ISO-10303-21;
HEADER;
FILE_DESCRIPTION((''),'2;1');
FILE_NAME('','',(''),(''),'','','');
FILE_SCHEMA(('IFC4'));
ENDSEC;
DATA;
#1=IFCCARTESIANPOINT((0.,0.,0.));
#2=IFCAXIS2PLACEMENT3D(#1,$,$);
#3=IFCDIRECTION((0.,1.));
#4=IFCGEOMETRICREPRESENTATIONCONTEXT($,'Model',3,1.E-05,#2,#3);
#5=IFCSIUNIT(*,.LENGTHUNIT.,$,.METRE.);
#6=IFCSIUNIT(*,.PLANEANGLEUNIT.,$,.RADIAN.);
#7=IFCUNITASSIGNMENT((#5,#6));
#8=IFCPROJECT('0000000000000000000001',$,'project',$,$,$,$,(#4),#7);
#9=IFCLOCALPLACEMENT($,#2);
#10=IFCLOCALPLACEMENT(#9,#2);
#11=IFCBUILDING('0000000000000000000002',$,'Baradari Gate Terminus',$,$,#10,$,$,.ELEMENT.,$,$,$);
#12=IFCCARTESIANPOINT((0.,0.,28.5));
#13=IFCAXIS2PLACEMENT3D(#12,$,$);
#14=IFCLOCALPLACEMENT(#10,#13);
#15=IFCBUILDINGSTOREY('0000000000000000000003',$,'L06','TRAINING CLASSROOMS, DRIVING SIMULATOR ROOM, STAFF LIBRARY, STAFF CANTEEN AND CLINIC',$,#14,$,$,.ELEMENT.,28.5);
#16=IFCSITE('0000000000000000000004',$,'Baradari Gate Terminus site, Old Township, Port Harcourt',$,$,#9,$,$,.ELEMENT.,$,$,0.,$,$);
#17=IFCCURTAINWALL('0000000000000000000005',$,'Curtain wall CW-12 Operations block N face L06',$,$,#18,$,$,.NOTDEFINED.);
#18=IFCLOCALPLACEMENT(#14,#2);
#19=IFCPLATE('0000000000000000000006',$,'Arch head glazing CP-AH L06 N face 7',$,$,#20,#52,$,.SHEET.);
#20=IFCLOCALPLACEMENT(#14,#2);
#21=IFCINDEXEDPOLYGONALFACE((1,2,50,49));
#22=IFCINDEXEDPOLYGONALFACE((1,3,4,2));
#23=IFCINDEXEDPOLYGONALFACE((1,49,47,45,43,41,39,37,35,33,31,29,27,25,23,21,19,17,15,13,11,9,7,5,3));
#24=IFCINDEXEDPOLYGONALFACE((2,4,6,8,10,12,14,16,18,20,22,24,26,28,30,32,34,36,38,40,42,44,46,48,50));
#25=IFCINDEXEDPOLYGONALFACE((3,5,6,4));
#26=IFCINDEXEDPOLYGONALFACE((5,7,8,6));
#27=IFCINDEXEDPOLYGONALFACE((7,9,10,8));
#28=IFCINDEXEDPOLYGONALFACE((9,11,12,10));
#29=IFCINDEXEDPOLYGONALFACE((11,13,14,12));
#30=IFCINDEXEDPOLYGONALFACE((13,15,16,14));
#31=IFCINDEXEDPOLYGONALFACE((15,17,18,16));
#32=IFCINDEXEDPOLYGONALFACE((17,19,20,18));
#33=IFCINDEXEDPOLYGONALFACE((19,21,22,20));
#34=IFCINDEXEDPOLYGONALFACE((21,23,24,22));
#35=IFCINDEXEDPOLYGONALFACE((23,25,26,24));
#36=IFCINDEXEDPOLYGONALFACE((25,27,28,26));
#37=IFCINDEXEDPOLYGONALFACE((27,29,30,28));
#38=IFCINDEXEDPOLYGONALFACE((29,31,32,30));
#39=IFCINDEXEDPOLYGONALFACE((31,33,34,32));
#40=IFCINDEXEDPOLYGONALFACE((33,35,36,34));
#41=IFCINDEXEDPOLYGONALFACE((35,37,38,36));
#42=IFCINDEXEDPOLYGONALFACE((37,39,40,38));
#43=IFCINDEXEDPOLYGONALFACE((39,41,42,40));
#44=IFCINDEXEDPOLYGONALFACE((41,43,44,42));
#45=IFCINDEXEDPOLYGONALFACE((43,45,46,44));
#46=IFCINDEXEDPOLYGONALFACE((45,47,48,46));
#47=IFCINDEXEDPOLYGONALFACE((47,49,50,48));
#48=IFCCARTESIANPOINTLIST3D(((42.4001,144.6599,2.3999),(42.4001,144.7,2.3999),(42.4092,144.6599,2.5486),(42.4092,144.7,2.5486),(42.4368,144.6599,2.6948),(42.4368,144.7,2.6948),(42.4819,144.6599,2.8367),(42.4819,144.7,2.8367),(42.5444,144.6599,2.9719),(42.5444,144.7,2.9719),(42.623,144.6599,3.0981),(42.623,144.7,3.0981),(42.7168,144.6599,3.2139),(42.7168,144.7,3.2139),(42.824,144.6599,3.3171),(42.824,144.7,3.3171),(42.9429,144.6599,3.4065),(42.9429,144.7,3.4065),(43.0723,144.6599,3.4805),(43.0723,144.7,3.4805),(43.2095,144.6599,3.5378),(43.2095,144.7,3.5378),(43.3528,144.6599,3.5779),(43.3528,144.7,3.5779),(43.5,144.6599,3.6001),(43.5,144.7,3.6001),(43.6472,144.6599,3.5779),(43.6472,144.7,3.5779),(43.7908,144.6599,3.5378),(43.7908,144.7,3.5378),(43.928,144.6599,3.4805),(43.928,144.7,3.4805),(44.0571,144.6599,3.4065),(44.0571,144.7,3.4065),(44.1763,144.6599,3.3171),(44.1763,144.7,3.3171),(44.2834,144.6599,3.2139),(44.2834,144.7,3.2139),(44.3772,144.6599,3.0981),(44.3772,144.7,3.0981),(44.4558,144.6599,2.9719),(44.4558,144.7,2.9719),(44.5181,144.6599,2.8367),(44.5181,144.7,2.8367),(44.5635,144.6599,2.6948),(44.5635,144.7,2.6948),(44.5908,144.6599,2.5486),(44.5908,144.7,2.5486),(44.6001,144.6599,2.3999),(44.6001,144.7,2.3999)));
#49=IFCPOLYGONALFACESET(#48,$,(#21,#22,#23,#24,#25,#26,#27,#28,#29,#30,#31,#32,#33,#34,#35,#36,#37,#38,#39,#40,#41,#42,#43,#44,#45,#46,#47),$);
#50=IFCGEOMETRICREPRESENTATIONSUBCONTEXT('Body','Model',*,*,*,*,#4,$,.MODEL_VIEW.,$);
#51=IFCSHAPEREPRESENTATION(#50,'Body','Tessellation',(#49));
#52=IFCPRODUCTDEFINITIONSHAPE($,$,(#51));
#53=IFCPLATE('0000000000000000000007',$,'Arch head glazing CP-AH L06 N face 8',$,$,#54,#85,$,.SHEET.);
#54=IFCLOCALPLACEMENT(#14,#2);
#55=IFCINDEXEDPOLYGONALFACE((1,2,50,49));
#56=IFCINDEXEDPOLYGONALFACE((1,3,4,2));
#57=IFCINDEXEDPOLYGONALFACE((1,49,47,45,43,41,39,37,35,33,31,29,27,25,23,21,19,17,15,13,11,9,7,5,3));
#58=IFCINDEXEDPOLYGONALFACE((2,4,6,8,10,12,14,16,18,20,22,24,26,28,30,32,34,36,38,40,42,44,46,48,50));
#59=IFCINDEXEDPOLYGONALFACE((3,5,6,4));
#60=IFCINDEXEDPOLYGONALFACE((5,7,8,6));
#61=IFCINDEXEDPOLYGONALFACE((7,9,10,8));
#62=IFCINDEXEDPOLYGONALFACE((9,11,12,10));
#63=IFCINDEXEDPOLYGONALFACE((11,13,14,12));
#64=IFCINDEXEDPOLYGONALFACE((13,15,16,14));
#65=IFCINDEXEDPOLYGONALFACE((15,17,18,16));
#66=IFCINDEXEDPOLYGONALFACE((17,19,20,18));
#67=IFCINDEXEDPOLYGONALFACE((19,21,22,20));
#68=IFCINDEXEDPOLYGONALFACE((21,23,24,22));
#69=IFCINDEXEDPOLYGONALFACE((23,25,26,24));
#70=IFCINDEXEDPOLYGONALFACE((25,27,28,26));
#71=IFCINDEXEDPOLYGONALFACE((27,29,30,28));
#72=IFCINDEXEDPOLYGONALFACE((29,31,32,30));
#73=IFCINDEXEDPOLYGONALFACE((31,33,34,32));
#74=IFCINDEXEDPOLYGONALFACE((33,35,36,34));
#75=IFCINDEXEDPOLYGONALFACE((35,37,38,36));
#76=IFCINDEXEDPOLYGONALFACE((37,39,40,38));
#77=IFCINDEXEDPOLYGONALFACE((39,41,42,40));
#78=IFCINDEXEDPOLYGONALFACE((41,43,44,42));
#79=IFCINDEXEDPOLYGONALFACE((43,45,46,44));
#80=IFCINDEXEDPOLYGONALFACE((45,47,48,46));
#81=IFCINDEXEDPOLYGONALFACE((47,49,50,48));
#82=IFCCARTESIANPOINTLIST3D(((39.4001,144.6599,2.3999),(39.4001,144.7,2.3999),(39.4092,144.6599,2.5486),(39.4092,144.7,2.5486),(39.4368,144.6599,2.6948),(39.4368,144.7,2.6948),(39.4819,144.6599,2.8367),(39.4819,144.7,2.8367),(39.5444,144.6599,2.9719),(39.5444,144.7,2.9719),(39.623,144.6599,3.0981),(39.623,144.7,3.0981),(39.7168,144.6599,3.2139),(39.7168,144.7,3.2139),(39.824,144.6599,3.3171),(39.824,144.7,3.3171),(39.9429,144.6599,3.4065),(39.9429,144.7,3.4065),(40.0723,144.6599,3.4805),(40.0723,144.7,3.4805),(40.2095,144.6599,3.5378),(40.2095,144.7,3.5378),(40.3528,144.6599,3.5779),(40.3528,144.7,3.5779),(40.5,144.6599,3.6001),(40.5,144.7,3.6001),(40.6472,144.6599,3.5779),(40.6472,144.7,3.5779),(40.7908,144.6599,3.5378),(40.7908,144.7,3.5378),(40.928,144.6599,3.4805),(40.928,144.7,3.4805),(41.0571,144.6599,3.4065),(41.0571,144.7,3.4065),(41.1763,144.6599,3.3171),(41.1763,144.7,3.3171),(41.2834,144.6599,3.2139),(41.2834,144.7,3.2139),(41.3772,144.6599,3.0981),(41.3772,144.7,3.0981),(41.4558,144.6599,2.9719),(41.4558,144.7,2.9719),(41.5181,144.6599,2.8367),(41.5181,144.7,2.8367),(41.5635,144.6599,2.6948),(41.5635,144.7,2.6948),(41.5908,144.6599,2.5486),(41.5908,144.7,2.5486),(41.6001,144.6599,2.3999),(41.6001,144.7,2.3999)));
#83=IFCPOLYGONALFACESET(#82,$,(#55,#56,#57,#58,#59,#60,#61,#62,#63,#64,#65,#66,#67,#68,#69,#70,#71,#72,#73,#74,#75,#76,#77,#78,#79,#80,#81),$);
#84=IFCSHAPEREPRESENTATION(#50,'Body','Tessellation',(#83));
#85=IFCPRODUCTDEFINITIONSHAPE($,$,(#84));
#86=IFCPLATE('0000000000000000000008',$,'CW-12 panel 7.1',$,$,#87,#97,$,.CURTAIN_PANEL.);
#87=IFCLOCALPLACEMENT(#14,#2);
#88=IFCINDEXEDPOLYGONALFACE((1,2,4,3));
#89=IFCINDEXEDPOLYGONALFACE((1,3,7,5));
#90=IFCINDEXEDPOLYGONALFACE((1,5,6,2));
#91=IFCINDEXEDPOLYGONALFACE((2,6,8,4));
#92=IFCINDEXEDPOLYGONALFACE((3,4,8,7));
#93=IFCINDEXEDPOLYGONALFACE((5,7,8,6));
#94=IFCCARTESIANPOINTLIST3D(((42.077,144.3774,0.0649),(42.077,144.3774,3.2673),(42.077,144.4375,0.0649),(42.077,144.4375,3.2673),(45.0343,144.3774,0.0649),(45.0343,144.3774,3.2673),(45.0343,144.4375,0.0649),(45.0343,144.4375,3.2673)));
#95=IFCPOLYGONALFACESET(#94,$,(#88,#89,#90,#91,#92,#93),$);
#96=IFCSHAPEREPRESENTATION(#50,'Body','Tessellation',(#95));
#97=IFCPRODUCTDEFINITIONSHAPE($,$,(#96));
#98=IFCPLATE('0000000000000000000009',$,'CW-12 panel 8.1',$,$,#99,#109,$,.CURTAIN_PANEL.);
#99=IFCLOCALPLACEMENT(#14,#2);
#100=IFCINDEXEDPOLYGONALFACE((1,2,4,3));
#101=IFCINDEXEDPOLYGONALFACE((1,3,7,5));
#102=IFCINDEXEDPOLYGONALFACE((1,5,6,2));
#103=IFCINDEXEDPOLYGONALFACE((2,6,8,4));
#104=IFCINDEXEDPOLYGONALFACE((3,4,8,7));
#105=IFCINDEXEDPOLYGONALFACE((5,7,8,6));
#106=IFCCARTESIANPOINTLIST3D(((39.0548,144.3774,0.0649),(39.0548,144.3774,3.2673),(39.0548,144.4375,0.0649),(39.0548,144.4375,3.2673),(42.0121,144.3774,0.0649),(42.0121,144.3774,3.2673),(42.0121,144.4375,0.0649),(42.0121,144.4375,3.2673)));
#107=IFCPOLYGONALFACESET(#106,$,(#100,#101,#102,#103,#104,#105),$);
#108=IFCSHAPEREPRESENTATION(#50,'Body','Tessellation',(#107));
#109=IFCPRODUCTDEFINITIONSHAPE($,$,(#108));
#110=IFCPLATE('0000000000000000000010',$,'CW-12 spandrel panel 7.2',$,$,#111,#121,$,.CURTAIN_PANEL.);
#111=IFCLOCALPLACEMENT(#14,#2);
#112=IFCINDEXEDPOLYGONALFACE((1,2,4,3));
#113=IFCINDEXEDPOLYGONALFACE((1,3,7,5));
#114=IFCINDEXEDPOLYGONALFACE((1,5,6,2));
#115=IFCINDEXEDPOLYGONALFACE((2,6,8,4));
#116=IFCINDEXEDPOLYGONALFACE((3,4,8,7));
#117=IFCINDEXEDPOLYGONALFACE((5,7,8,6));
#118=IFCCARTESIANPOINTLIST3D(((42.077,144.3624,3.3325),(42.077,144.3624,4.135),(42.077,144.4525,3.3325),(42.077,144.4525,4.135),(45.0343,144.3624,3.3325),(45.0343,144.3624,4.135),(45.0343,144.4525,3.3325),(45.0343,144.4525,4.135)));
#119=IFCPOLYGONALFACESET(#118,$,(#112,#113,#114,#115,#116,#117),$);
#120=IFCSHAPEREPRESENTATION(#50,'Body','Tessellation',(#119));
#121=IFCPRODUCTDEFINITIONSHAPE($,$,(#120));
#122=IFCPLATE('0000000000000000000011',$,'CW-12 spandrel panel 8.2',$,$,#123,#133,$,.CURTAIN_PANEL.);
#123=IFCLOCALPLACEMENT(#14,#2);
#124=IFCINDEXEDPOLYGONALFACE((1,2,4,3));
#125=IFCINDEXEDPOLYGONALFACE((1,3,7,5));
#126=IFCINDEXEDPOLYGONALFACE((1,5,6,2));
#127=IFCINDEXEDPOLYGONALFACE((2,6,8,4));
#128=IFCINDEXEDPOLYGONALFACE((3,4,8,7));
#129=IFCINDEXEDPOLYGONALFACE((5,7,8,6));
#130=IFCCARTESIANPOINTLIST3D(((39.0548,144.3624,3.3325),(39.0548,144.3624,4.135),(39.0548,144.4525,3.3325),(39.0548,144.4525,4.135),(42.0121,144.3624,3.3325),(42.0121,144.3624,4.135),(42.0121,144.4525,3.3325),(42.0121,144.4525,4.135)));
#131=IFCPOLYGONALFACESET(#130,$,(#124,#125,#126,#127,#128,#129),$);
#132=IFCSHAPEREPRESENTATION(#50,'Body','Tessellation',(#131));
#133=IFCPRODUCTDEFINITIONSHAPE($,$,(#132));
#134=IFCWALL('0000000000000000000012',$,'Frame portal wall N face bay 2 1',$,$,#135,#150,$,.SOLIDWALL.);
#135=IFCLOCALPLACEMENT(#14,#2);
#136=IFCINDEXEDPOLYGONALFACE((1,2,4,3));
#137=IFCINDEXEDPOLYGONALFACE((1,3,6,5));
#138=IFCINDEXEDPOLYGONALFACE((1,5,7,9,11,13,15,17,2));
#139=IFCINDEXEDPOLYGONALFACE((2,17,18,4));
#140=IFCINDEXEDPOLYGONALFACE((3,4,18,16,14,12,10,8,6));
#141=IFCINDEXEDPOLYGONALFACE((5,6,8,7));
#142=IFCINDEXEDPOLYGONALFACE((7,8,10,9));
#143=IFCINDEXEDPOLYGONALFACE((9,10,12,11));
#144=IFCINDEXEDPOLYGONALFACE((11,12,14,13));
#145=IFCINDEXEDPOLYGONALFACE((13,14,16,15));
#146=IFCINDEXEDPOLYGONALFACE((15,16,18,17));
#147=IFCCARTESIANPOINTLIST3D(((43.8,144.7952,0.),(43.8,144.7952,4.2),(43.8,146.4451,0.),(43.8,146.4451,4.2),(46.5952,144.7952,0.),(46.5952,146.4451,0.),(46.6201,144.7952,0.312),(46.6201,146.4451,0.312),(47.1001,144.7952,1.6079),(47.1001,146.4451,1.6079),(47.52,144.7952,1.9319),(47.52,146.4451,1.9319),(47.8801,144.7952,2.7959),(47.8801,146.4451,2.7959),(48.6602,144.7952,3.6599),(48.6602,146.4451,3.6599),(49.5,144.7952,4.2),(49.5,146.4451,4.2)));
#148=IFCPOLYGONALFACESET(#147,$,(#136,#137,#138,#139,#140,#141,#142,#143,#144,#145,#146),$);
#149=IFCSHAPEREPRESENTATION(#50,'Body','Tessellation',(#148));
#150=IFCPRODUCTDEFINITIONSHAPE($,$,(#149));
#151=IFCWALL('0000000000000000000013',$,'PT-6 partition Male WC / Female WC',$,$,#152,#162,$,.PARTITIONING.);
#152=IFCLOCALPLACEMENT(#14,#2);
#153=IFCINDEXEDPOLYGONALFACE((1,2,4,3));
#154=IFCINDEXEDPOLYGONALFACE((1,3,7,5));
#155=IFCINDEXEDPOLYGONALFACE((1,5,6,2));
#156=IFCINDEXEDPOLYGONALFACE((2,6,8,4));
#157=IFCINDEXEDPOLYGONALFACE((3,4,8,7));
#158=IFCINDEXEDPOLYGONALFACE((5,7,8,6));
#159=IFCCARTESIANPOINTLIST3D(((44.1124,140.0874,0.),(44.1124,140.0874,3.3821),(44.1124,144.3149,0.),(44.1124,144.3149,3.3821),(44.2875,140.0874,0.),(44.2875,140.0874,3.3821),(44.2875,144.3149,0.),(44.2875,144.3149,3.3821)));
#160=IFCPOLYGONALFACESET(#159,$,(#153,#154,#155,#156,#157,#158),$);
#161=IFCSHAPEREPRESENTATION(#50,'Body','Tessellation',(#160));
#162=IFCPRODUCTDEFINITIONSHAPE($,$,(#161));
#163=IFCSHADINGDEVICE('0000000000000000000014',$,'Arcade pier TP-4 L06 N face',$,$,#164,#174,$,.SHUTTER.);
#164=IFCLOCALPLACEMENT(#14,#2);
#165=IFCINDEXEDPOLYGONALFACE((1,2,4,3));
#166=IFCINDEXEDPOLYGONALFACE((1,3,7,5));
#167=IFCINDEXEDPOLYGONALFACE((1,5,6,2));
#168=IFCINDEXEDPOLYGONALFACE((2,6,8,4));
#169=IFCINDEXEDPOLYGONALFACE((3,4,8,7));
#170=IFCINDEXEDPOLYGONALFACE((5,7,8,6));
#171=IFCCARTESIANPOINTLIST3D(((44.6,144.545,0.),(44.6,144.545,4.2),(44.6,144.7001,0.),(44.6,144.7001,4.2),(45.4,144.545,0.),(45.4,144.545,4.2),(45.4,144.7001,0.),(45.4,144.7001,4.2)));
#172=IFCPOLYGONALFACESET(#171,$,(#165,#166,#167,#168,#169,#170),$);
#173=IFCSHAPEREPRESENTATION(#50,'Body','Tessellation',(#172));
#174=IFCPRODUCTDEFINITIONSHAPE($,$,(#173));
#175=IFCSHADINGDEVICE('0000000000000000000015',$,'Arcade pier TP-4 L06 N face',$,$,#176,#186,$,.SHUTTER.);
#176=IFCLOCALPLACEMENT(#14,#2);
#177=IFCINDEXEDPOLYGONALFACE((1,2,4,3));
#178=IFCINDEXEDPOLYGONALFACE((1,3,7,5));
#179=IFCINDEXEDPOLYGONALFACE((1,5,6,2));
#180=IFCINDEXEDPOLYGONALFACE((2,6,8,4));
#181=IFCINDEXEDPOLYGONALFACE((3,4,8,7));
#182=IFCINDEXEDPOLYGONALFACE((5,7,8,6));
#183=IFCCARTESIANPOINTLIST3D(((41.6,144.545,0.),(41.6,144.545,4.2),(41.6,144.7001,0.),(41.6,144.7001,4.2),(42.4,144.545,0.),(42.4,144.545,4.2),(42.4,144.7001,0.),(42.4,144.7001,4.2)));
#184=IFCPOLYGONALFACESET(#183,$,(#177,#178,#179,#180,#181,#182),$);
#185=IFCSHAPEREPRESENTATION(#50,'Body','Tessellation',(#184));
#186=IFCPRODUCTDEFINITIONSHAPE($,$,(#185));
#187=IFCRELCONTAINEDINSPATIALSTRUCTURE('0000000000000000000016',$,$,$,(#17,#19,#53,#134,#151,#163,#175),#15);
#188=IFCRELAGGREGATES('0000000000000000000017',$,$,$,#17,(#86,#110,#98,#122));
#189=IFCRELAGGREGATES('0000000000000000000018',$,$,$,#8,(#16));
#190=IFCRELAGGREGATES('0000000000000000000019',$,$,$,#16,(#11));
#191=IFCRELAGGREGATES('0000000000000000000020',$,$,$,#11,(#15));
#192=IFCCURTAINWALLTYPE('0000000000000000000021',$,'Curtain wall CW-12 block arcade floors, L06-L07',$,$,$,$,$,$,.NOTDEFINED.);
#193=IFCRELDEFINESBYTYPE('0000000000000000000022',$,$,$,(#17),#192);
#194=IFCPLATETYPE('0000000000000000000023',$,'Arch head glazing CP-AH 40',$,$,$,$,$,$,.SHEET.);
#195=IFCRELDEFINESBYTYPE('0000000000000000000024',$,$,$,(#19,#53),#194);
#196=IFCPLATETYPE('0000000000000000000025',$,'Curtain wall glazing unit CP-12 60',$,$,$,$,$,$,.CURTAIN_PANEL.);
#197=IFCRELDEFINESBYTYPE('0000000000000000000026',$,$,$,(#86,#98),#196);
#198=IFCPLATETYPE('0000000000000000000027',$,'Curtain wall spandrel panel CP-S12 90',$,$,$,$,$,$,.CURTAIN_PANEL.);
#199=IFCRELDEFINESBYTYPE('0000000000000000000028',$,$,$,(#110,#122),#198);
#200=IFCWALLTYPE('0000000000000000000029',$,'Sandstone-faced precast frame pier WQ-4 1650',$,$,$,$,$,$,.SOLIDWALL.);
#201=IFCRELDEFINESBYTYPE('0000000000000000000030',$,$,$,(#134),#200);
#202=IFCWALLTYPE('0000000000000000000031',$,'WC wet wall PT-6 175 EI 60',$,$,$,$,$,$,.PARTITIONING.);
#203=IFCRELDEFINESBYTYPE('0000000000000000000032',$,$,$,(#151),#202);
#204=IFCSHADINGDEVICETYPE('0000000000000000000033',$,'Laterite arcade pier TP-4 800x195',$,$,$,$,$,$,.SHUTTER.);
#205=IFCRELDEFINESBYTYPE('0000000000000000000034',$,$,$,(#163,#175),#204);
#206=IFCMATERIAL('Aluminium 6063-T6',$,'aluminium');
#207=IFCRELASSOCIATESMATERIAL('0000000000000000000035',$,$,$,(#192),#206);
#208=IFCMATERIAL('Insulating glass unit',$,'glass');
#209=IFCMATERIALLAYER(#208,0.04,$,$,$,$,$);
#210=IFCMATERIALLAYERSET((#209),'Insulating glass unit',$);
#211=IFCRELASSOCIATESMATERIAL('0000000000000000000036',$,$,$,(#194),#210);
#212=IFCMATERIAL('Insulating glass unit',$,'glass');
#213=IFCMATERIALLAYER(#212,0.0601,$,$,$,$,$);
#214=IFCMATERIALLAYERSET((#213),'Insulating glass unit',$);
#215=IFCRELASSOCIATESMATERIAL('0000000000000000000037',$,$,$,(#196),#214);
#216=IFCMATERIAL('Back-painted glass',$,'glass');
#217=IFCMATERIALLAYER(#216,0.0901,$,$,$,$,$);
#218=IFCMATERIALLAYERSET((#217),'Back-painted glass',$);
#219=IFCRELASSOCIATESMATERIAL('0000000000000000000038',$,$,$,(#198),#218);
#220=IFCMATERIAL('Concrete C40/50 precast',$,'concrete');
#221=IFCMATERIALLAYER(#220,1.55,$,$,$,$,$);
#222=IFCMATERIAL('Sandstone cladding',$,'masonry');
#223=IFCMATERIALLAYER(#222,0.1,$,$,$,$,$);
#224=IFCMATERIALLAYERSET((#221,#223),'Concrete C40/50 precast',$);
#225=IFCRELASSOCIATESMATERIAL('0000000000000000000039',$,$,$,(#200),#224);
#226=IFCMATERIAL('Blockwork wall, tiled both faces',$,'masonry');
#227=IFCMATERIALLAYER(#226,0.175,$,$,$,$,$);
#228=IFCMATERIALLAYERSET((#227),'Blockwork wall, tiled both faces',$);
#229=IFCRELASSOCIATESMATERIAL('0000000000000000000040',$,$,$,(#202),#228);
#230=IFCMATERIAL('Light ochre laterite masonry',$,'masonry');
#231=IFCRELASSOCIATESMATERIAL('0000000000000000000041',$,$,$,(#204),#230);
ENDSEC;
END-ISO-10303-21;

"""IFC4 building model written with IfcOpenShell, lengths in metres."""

from ifc_helpers import new_model, si_unit, direction, frame, frame_2d, origin, origin_2d, place, context, subcontext, project, spatial, polyline, rectangle, outline, extrude, material, layer, layer_set, type_object, element, aggregate, save


model = new_model("IFC4")

# Units and contexts
model_context = context("Model", 3, precision=1e-05, world=origin(), true_north=direction((0.0, 1.0)))
body_context = subcontext(model_context, "Body", "Model", "MODEL_VIEW")
ifc_project = project(units=[si_unit("LENGTHUNIT", "METRE"), si_unit("PLANEANGLEUNIT", "RADIAN")], contexts=[model_context])

# Site, building, storey
site_placement = place(None, origin())
site = spatial("IfcSite", under=ifc_project, at=site_placement, Name="Baradari Gate Terminus site, Old Township, Port Harcourt", CompositionType="ELEMENT", RefElevation=0.0)
building_placement = place(site_placement, origin())
building = spatial("IfcBuilding", under=site, at=building_placement, Name="Baradari Gate Terminus", CompositionType="ELEMENT")
storey_placement = place(building_placement, frame((0.0, 0.0, 28.5)))
storey = spatial("IfcBuildingStorey", under=building, at=storey_placement, Name="L06", Description="TRAINING CLASSROOMS, DRIVING SIMULATOR ROOM, STAFF LIBRARY, STAFF CANTEEN AND CLINIC", CompositionType="ELEMENT", Elevation=28.5)

# Curtain wall
ifc_material_1 = material(Name="Aluminium 6063-T6", Category="aluminium")
curtain_wall_type = type_object("IfcCurtainWallType", Name="Curtain wall CW-12 block arcade floors, L06-L07", PredefinedType="NOTDEFINED", material=ifc_material_1)
curtain_wall_placement = place(storey_placement, origin())
curtain_wall = element("IfcCurtainWall", 1, at=curtain_wall_placement, inside=storey, type_object=curtain_wall_type, Name="Curtain wall CW-12 Operations block N face L06", PredefinedType="NOTDEFINED")

# Plates
ifc_material_2 = material(Name="Insulating glass unit", Category="glass")
ifc_layer_1 = layer(ifc_material_2, 0.04)
ifc_layer_set_1 = layer_set([ifc_layer_1], Name="Insulating glass unit")
plate_type_1 = type_object("IfcPlateType", Name="Arch head glazing CP-AH 40", PredefinedType="SHEET", material=ifc_layer_set_1)
for number, where, z_axis, x_axis, name in (
    (2, (44.6001, 144.6799, 2.3999), (0.0, 0.0, 1.0), (-1.0, 0.0, 0.0), "Arch head glazing CP-AH L06 N face 7"),
    (3, (41.6001, 144.6799, 2.3999), (0.0, 0.0, 1.0), (-1.0, 0.0, 0.0), "Arch head glazing CP-AH L06 N face 8"),
):
    element("IfcPlate", number, at=place(storey_placement, frame(where, z_axis=z_axis, x_axis=x_axis)), inside=storey, type_object=plate_type_1, Name=name, PredefinedType="SHEET", context=body_context, shape_type="SweptSolid", body=[
        extrude(outline(polyline([(0.0, 0.0), (2.2, 0.0), (2.1909, 0.1487), (2.1633, 0.2949), (2.1182, 0.4368), (2.0557, 0.572), (1.9771, 0.6982), (1.8833, 0.814), (1.7761, 0.9172), (1.6572, 1.0066), (1.5278, 1.0806), (1.3906, 1.1379), (1.2473, 1.178), (1.1001, 1.2002), (0.9529, 1.178), (0.8093, 1.1379), (0.6721, 1.0806), (0.543, 1.0066), (0.4238, 0.9172), (0.3167, 0.814), (0.2229, 0.6982), (0.1443, 0.572), (0.082, 0.4368), (0.0366, 0.2949), (0.0093, 0.1487), (0.0, 0.0)])), frame((0.0, 0.02, 0.0), z_axis=(0.0, -1.0, 0.0), x_axis=(1.0, 0.0, 0.0)), (0.0, 0.0, 1.0), 0.04),
    ])

# Plates
ifc_material_3 = material(Name="Insulating glass unit", Category="glass")
ifc_layer_2 = layer(ifc_material_3, 0.0601)
ifc_layer_set_2 = layer_set([ifc_layer_2], Name="Insulating glass unit")
plate_type_2 = type_object("IfcPlateType", Name="Curtain wall glazing unit CP-12 60", PredefinedType="CURTAIN_PANEL", material=ifc_layer_set_2)
plate_1_placement = place(storey_placement, frame((43.5557, 144.4075, 0.0649), z_axis=(0.0, 0.0, 1.0), x_axis=(-1.0, 0.0, 0.0)))
plate_1 = element("IfcPlate", 4, at=plate_1_placement, type_object=plate_type_2, Name="CW-12 panel 7.1", PredefinedType="CURTAIN_PANEL", context=body_context, shape_type="SweptSolid", body=[
    extrude(rectangle(XDim=2.9573, YDim=0.0601, at=origin_2d()), origin(), (0.0, 0.0, 1.0), 3.2024),
])
plate_2_placement = place(storey_placement, frame((40.5334, 144.4075, 0.0649), z_axis=(0.0, 0.0, 1.0), x_axis=(-1.0, 0.0, 0.0)))
plate_2 = element("IfcPlate", 5, at=plate_2_placement, type_object=plate_type_2, Name="CW-12 panel 8.1", PredefinedType="CURTAIN_PANEL", context=body_context, shape_type="SweptSolid", body=[
    extrude(rectangle(XDim=2.9573, YDim=0.0601, at=origin_2d()), origin(), (0.0, 0.0, 1.0), 3.2024),
])
ifc_material_4 = material(Name="Back-painted glass", Category="glass")
ifc_layer_3 = layer(ifc_material_4, 0.0901)
ifc_layer_set_3 = layer_set([ifc_layer_3], Name="Back-painted glass")
plate_type_3 = type_object("IfcPlateType", Name="Curtain wall spandrel panel CP-S12 90", PredefinedType="CURTAIN_PANEL", material=ifc_layer_set_3)
plate_3_placement = place(storey_placement, frame((43.5557, 144.4075, 3.3325), z_axis=(0.0, 0.0, 1.0), x_axis=(-1.0, 0.0, 0.0)))
plate_3 = element("IfcPlate", 6, at=plate_3_placement, type_object=plate_type_3, Name="CW-12 spandrel panel 7.2", PredefinedType="CURTAIN_PANEL", context=body_context, shape_type="SweptSolid", body=[
    extrude(rectangle(XDim=2.9573, YDim=0.0901, at=origin_2d()), origin(), (0.0, 0.0, 1.0), 0.8025),
])
plate_4_placement = place(storey_placement, frame((40.5334, 144.4075, 3.3325), z_axis=(0.0, 0.0, 1.0), x_axis=(-1.0, 0.0, 0.0)))
plate_4 = element("IfcPlate", 7, at=plate_4_placement, type_object=plate_type_3, Name="CW-12 spandrel panel 8.2", PredefinedType="CURTAIN_PANEL", context=body_context, shape_type="SweptSolid", body=[
    extrude(rectangle(XDim=2.9573, YDim=0.0901, at=origin_2d()), origin(), (0.0, 0.0, 1.0), 0.8025),
])
aggregate(curtain_wall, [plate_1, plate_3, plate_2, plate_4])

# Walls
ifc_material_5 = material(Name="Concrete C40/50 precast", Category="concrete")
ifc_layer_4 = layer(ifc_material_5, 1.55)
ifc_material_6 = material(Name="Sandstone cladding", Category="masonry")
ifc_layer_5 = layer(ifc_material_6, 0.1)
ifc_layer_set_4 = layer_set([ifc_layer_4, ifc_layer_5], Name="Concrete C40/50 precast")
wall_type_1 = type_object("IfcWallType", Name="Sandstone-faced precast frame pier WQ-4 1650", PredefinedType="SOLIDWALL", material=ifc_layer_set_4)
wall_1_placement = place(storey_placement, frame((43.8, 145.6201, 0.0), z_axis=(0.0, 0.0, 1.0), x_axis=(1.0, 0.0, 0.0)))
element("IfcWall", 8, at=wall_1_placement, inside=storey, type_object=wall_type_1, Name="Frame portal wall N face bay 2 1", PredefinedType="SOLIDWALL", context=body_context, shape_type="SweptSolid", body=[
    extrude(outline(polyline([(2.7952, 0.0), (2.8201, 0.312), (3.3, 1.6079), (3.72, 1.9319), (4.0801, 2.7959), (4.8601, 3.6599), (5.7, 4.2), (0.0, 4.2), (0.0, 0.0), (2.7952, 0.0)])), frame((0.0, 0.825, 0.0), z_axis=(0.0, -1.0, 0.0), x_axis=(1.0, 0.0, 0.0)), (0.0, 0.0, 1.0), 1.6499),
])
ifc_material_7 = material(Name="Blockwork wall, tiled both faces", Category="masonry")
ifc_layer_6 = layer(ifc_material_7, 0.175)
ifc_layer_set_5 = layer_set([ifc_layer_6], Name="Blockwork wall, tiled both faces")
wall_type_2 = type_object("IfcWallType", Name="WC wet wall PT-6 175 EI 60", PredefinedType="PARTITIONING", material=ifc_layer_set_5)
wall_2_placement = place(storey_placement, frame((44.2, 144.3149, 0.0), z_axis=(0.0, 0.0, 1.0), x_axis=(0.0, -1.0, 0.0)))
element("IfcWall", 9, at=wall_2_placement, inside=storey, type_object=wall_type_2, Name="PT-6 partition Male WC / Female WC", PredefinedType="PARTITIONING", context=body_context, shape_type="SweptSolid", body=[
    extrude(rectangle(XDim=4.2275, YDim=0.175, at=frame_2d((2.1138, 0.0))), origin(), (0.0, 0.0, 1.0), 3.3821),
])

# Shading devices
ifc_material_8 = material(Name="Light ochre laterite masonry", Category="masonry")
shading_device_type = type_object("IfcShadingDeviceType", Name="Laterite arcade pier TP-4 800x195", PredefinedType="SHUTTER", material=ifc_material_8)
for number, where, z_axis, x_axis, name in (
    (10, (45.0, 144.6226, 0.0), (0.0, 0.0, 1.0), (-1.0, 0.0, 0.0), "Arcade pier TP-4 L06 N face"),
    (11, (42.0, 144.6226, 0.0), (0.0, 0.0, 1.0), (-1.0, 0.0, 0.0), "Arcade pier TP-4 L06 N face"),
):
    element("IfcShadingDevice", number, at=place(storey_placement, frame(where, z_axis=z_axis, x_axis=x_axis)), inside=storey, type_object=shading_device_type, Name=name, PredefinedType="SHUTTER", context=body_context, shape_type="SweptSolid", body=[
        extrude(rectangle(XDim=0.8, YDim=0.155, at=origin_2d()), origin(), (0.0, 0.0, 1.0), 4.2),
    ])

save(model, "model.ifc")
